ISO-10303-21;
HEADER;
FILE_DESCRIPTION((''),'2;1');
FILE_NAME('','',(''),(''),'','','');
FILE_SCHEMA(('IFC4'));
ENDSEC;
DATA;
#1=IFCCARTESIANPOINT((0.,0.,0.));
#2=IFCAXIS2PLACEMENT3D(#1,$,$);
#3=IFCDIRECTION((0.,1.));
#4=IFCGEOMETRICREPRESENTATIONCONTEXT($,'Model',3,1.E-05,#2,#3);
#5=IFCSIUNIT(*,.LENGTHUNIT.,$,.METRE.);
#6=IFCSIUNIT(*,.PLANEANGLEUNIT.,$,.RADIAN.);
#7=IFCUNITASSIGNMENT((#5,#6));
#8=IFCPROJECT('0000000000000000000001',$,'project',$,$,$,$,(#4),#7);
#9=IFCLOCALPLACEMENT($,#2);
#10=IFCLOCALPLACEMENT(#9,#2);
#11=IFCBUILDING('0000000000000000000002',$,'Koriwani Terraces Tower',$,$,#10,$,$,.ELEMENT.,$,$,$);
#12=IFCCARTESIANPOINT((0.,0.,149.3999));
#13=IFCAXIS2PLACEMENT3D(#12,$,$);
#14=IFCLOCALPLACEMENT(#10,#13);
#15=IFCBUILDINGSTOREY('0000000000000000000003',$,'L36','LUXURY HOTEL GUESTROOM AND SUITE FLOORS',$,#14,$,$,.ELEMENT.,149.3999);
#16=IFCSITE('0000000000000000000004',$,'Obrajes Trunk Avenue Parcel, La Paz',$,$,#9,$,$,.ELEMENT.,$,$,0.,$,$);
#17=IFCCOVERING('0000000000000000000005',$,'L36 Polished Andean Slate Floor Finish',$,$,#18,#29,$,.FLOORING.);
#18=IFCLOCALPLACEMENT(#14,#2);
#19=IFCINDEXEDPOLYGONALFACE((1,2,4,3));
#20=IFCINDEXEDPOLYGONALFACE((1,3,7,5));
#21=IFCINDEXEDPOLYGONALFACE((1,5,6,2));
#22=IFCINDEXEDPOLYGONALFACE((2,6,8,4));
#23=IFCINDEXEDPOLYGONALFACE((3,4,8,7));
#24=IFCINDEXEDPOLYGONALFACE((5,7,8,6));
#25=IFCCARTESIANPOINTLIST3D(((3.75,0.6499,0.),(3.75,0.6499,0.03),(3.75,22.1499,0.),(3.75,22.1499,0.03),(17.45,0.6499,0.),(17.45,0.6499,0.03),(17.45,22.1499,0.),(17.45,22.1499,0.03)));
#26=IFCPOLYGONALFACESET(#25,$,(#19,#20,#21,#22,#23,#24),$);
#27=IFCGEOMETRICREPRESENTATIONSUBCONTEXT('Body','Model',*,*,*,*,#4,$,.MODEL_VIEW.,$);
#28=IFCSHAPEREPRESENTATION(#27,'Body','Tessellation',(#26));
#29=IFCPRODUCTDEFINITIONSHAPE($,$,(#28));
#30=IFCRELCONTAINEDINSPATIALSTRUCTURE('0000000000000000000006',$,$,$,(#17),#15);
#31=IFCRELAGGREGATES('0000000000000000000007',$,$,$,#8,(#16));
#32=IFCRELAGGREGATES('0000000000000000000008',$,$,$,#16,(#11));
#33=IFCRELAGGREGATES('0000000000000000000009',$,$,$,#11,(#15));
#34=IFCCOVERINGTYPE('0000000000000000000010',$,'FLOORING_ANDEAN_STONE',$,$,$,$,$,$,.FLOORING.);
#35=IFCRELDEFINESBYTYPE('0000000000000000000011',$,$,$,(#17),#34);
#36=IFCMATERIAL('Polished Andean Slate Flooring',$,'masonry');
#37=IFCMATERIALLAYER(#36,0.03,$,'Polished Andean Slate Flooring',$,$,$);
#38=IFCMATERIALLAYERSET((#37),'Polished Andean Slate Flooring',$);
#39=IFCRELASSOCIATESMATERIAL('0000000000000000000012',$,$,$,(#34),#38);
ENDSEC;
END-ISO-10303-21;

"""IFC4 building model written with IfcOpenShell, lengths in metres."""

from ifc_helpers import new_model, si_unit, direction, frame, origin, place, context, subcontext, project, spatial, polyline, outline, extrude, material, layer, layer_set, type_object, element, save


model = new_model("IFC4")

# Units and contexts
model_context = context("Model", 3, precision=1e-05, world=origin(), true_north=direction((0.0, 1.0)))
body_context = subcontext(model_context, "Body", "Model", "MODEL_VIEW")
ifc_project = project(units=[si_unit("LENGTHUNIT", "METRE"), si_unit("PLANEANGLEUNIT", "RADIAN")], contexts=[model_context])

# Site, building, storey
site_placement = place(None, origin())
site = spatial("IfcSite", under=ifc_project, at=site_placement, Name="Obrajes Trunk Avenue Parcel, La Paz", CompositionType="ELEMENT", RefElevation=0.0)
building_placement = place(site_placement, origin())
building = spatial("IfcBuilding", under=site, at=building_placement, Name="Koriwani Terraces Tower", CompositionType="ELEMENT")
storey_placement = place(building_placement, frame((0.0, 0.0, 149.3999)))
storey = spatial("IfcBuildingStorey", under=building, at=storey_placement, Name="L36", Description="LUXURY HOTEL GUESTROOM AND SUITE FLOORS", CompositionType="ELEMENT", Elevation=149.3999)

# Covering
ifc_material_1 = material(Name="Polished Andean Slate Flooring", Category="masonry")
ifc_layer_1 = layer(ifc_material_1, 0.03, Name="Polished Andean Slate Flooring")
ifc_layer_set_1 = layer_set([ifc_layer_1], Name="Polished Andean Slate Flooring")
covering_type_1 = type_object("IfcCoveringType", Name="FLOORING_ANDEAN_STONE", PredefinedType="FLOORING", material=ifc_layer_set_1)
covering_1_placement = place(storey_placement, origin())
element("IfcCovering", 1, at=covering_1_placement, inside=storey, type_object=covering_type_1, Name="L36 Polished Andean Slate Floor Finish", PredefinedType="FLOORING", context=body_context, shape_type="SweptSolid", body=[
    extrude(outline(polyline([(3.75, 0.6499), (3.75, 22.1499), (17.45, 22.1499), (17.45, 0.6499), (3.75, 0.6499)])), origin(), (0.0, 0.0, 1.0), 0.03),
])

save(model, "model.ifc")
